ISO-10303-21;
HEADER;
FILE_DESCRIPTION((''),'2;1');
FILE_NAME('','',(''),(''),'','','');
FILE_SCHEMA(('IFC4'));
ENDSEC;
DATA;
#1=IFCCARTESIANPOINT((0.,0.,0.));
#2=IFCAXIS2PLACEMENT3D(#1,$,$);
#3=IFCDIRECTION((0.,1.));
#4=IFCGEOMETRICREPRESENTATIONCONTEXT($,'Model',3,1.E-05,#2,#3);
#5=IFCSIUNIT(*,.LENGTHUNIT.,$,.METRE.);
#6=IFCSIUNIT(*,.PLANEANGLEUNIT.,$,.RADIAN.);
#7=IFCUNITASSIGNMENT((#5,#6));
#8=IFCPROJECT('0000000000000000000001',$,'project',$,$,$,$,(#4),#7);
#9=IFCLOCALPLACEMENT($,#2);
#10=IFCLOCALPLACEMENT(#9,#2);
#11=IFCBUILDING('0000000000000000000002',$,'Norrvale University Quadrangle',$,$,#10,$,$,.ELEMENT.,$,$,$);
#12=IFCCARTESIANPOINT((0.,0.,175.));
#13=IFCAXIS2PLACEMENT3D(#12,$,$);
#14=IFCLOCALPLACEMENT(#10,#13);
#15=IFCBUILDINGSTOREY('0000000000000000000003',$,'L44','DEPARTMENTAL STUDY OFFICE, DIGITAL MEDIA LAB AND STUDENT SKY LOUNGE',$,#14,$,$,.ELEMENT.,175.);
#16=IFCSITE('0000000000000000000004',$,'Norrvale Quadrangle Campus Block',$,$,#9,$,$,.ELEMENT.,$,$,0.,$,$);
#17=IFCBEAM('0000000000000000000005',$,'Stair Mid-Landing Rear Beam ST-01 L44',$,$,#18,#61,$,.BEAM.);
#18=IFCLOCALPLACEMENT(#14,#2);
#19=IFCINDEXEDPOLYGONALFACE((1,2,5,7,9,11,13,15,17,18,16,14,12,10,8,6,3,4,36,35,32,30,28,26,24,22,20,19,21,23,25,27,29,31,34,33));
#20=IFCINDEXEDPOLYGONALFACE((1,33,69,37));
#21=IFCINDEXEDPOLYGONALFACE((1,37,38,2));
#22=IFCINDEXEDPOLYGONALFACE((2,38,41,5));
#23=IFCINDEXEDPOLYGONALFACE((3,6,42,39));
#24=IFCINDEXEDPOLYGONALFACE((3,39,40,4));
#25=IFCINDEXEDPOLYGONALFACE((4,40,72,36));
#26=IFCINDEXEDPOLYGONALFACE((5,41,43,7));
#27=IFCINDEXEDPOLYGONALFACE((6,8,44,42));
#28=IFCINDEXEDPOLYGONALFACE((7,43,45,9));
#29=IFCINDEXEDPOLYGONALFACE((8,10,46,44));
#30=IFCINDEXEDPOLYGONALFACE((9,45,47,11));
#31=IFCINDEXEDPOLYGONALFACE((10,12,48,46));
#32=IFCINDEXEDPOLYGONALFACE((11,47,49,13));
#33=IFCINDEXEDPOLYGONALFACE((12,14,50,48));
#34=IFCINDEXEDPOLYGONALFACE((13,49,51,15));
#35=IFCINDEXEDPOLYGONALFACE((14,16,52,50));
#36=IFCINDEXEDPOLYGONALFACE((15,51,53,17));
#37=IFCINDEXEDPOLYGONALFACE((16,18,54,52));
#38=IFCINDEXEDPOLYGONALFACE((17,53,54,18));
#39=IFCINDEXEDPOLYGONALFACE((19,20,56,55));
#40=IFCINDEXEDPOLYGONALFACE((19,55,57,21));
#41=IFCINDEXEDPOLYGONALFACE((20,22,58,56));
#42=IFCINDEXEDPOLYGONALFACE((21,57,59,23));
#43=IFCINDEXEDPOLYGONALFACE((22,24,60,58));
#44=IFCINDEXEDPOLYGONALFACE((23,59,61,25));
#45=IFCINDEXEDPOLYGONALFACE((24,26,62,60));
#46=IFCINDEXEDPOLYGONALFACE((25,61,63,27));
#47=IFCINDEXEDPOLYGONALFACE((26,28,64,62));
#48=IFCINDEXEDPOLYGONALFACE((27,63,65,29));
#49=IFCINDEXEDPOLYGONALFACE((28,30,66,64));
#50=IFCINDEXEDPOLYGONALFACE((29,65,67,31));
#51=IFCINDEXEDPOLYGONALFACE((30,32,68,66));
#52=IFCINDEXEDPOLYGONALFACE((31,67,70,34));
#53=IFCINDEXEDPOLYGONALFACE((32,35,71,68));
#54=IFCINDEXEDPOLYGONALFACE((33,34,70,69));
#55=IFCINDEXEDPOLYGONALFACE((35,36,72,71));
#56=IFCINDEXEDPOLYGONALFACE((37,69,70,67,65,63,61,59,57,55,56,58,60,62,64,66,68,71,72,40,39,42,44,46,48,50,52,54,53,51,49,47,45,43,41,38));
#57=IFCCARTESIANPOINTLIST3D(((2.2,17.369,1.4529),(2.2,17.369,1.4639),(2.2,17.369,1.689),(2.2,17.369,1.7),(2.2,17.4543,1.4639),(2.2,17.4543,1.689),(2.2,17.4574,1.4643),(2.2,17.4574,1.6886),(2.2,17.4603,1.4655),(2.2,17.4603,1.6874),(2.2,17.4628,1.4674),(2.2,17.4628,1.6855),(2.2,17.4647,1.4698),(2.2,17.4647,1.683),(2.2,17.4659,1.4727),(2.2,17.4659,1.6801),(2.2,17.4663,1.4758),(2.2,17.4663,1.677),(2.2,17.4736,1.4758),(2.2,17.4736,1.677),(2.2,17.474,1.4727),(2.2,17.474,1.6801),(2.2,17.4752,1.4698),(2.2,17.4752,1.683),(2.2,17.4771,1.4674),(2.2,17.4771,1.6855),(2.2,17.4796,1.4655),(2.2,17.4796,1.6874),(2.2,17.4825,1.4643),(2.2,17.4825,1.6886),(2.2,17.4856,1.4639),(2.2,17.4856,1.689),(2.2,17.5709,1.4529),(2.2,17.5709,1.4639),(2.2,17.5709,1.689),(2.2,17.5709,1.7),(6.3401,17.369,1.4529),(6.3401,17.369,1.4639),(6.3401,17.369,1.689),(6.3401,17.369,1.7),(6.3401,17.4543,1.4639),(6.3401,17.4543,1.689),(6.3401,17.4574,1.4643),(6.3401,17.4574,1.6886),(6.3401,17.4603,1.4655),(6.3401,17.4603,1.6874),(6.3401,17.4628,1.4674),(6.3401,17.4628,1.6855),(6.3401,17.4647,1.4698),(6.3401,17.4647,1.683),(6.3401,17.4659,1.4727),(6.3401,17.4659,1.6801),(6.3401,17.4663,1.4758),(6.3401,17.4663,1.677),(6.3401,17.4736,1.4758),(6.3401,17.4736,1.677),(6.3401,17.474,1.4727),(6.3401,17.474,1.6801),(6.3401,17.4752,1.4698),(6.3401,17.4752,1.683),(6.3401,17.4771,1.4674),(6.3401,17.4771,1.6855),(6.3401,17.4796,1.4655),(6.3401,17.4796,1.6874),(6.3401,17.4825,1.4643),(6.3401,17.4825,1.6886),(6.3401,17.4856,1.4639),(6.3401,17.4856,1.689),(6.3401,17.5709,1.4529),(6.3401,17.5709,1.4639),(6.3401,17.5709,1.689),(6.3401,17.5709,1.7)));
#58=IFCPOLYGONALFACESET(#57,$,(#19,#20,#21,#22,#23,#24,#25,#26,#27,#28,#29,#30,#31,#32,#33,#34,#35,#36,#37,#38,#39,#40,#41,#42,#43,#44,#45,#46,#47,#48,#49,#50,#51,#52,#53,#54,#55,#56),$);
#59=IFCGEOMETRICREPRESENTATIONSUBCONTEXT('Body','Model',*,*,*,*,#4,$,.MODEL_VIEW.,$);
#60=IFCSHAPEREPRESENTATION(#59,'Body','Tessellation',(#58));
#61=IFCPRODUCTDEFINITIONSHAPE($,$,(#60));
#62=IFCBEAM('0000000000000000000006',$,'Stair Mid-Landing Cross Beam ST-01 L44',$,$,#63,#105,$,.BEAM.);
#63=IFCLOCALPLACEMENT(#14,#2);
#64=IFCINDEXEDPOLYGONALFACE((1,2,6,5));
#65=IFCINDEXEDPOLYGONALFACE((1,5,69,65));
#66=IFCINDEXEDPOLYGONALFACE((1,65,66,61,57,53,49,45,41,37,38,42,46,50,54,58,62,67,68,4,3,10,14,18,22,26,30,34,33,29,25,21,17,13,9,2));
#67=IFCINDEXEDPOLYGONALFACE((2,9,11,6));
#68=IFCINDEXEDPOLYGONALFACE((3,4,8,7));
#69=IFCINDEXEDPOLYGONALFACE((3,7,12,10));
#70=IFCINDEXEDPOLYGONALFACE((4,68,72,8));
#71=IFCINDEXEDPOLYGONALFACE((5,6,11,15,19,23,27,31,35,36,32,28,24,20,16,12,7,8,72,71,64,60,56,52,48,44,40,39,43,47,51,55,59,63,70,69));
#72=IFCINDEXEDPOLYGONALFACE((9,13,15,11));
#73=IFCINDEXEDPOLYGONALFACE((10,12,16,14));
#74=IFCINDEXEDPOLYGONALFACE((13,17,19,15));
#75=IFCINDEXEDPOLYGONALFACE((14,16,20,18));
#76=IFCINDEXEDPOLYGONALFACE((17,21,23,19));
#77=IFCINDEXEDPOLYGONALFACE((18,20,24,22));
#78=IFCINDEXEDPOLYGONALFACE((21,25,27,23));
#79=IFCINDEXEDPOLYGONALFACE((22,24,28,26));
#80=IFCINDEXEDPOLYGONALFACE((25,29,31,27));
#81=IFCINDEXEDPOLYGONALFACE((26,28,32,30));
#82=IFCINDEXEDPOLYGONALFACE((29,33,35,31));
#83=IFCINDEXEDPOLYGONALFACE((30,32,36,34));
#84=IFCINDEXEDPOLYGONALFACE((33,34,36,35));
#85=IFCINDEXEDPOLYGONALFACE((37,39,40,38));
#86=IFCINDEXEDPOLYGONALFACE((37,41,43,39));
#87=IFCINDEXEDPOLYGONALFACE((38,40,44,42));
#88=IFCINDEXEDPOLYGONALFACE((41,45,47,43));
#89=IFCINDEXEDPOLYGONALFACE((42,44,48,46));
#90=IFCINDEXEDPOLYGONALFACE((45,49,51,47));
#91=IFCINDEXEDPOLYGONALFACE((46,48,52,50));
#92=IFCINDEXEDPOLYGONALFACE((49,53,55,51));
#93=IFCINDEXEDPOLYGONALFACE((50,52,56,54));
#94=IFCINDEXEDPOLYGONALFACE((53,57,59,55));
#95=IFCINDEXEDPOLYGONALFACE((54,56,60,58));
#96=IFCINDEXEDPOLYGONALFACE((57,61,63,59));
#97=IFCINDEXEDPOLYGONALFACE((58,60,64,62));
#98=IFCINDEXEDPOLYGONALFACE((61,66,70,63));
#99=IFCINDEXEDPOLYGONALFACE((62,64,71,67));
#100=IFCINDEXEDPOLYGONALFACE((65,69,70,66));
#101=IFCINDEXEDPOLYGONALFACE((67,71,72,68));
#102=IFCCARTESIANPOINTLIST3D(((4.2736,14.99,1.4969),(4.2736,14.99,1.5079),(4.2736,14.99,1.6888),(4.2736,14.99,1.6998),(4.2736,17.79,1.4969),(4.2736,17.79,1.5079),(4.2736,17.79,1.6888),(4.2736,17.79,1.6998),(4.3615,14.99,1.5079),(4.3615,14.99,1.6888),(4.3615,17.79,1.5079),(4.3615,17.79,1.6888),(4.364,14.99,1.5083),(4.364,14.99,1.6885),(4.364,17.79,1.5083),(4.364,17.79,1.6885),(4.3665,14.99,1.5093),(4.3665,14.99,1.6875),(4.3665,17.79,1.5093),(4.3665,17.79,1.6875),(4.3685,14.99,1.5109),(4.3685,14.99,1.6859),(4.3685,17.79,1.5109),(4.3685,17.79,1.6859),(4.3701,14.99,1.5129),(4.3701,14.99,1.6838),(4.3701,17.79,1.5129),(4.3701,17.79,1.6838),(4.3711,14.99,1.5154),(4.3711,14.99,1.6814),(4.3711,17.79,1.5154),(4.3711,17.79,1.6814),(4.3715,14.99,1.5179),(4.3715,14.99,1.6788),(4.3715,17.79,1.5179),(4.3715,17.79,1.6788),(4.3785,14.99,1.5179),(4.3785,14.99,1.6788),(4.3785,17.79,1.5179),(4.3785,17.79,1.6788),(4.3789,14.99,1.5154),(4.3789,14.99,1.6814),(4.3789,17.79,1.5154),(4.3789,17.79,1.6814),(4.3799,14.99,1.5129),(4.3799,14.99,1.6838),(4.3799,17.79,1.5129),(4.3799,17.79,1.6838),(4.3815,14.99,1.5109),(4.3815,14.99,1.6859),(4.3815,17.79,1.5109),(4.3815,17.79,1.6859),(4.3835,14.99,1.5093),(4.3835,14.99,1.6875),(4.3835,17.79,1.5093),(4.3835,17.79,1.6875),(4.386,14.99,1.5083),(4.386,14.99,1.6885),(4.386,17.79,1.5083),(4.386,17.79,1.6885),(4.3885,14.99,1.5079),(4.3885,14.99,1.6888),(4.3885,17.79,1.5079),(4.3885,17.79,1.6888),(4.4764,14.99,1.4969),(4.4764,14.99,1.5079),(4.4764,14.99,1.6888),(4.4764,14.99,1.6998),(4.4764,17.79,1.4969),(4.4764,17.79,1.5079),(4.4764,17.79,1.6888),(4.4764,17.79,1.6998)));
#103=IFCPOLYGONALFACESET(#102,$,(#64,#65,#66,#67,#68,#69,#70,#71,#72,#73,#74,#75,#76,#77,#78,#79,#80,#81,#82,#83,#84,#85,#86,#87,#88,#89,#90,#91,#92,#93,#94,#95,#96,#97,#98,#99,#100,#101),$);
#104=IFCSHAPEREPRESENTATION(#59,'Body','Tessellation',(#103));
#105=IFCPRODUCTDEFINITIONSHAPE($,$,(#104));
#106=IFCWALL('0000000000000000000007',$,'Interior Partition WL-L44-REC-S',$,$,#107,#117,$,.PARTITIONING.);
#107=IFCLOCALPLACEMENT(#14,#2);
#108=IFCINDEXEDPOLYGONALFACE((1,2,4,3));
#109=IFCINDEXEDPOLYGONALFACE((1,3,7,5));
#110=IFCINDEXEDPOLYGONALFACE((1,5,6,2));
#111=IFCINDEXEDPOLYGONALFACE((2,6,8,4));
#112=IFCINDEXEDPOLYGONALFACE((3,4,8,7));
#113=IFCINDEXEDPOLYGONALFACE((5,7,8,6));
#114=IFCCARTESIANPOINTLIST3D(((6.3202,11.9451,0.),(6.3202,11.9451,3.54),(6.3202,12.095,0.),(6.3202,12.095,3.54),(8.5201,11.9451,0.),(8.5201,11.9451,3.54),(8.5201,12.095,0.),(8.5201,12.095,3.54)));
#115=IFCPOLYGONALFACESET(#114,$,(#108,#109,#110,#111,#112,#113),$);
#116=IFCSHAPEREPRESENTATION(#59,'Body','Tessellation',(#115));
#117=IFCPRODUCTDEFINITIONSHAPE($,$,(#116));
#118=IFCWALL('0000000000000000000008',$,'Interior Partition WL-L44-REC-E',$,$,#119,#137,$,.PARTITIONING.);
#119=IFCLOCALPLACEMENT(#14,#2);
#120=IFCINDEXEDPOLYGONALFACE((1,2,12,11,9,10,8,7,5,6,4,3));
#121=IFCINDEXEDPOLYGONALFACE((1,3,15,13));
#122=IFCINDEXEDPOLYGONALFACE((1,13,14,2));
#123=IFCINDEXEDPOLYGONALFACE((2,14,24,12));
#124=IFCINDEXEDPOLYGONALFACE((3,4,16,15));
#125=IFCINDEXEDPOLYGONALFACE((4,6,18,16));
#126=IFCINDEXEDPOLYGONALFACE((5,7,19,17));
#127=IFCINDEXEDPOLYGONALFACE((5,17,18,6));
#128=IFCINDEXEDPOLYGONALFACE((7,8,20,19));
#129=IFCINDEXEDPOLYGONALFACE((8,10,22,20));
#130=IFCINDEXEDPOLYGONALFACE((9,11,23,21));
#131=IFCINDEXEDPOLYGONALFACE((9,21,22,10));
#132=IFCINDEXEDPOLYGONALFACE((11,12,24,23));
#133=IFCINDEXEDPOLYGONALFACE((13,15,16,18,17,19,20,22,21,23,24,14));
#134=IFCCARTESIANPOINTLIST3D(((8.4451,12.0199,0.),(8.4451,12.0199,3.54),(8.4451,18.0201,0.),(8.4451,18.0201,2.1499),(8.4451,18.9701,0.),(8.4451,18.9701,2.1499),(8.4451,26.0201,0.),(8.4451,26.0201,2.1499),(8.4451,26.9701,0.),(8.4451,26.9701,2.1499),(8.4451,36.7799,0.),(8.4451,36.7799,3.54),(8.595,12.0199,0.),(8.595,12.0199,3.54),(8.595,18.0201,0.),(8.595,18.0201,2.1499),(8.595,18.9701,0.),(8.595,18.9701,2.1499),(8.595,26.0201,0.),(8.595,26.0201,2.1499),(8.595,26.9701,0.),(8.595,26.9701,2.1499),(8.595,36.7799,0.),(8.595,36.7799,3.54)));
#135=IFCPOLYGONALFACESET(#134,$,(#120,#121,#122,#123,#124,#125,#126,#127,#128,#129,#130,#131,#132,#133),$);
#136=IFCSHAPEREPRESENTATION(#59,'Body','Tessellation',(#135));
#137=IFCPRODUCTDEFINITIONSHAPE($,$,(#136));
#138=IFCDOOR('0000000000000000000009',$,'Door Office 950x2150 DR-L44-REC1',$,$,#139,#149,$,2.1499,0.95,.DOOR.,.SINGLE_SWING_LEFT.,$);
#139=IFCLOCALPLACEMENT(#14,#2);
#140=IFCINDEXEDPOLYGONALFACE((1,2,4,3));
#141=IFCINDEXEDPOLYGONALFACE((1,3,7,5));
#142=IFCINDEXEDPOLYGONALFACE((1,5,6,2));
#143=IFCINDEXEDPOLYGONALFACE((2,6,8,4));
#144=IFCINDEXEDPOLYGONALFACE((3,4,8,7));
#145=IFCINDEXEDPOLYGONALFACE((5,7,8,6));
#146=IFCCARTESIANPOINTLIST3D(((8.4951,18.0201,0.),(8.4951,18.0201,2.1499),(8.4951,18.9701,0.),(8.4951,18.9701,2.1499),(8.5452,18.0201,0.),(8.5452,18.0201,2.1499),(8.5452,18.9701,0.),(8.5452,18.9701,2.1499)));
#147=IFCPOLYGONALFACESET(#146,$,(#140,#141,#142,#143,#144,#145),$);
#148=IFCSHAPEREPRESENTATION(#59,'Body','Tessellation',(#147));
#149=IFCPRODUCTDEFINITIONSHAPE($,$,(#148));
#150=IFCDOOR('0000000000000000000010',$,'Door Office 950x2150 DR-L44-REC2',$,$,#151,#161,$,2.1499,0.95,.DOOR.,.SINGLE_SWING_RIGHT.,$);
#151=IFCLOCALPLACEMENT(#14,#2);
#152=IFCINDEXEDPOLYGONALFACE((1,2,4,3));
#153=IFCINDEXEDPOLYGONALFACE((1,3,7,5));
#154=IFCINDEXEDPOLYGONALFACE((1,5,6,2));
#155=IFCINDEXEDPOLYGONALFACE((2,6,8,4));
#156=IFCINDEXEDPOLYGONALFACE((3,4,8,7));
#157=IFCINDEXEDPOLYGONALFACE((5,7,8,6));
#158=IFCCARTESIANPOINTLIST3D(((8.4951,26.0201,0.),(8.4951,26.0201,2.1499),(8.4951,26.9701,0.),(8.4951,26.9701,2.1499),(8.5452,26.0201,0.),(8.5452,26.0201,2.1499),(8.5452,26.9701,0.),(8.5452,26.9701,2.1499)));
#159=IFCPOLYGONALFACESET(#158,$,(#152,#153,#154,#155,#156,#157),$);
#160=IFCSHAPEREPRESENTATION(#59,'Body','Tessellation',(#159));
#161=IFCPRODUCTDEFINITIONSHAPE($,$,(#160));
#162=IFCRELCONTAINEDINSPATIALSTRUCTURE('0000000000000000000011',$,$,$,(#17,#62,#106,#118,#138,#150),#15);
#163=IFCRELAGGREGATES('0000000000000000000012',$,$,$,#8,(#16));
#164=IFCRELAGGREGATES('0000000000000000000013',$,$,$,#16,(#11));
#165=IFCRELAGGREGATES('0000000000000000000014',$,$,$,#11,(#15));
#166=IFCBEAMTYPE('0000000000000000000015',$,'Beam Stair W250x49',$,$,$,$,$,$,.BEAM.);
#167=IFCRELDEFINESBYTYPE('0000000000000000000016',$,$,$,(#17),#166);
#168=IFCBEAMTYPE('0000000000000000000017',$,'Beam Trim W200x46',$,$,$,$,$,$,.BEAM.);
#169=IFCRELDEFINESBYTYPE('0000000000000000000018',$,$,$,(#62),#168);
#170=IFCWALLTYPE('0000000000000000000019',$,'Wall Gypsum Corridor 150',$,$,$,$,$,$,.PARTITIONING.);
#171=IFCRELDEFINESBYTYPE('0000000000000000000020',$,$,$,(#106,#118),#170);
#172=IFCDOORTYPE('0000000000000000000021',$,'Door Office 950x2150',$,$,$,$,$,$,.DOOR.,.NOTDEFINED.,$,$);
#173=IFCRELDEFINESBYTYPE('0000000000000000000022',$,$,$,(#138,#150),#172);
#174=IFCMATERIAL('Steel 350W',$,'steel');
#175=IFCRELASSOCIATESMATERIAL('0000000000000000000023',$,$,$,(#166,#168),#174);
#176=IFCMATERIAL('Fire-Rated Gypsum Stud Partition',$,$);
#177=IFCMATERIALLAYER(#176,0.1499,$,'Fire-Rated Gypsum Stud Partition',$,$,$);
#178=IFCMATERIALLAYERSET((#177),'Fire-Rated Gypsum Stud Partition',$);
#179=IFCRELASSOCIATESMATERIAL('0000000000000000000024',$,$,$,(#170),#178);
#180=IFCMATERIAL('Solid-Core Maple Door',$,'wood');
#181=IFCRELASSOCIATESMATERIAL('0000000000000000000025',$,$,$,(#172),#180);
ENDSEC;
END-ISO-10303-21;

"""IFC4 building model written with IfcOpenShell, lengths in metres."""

from ifc_helpers import new_model, si_unit, direction, frame, frame_2d, origin, origin_2d, place, context, subcontext, project, spatial, rectangle, i_section, extrude, material, layer, layer_set, material_profile, profile_set, type_object, element, fill, save


model = new_model("IFC4")

# Units and contexts
model_context = context("Model", 3, precision=1e-05, world=origin(), true_north=direction((0.0, 1.0)))
body_context = subcontext(model_context, "Body", "Model", "MODEL_VIEW")
ifc_project = project(units=[si_unit("LENGTHUNIT", "METRE"), si_unit("PLANEANGLEUNIT", "RADIAN")], contexts=[model_context])

# Site, building, storey
site_placement = place(None, origin())
site = spatial("IfcSite", under=ifc_project, at=site_placement, Name="Norrvale Quadrangle Campus Block", CompositionType="ELEMENT", RefElevation=0.0)
building_placement = place(site_placement, origin())
building = spatial("IfcBuilding", under=site, at=building_placement, Name="Norrvale University Quadrangle", CompositionType="ELEMENT")
storey_placement = place(building_placement, frame((0.0, 0.0, 175.0)))
storey = spatial("IfcBuildingStorey", under=building, at=storey_placement, Name="L44", Description="DEPARTMENTAL STUDY OFFICE, DIGITAL MEDIA LAB AND STUDENT SKY LOUNGE", CompositionType="ELEMENT", Elevation=175.0)

# Beams
ifc_material_1 = material(Name="Steel 350W", Category="steel")
ifc_material_profile_1 = material_profile(ifc_material_1, i_section(OverallWidth=0.2019, OverallDepth=0.2471, WebThickness=0.0073, FlangeThickness=0.011, FilletRadius=0.012, at=origin_2d()), Name="Steel 350W")
ifc_profile_set_1 = profile_set([ifc_material_profile_1], Name="Steel 350W")
beam_type_1 = type_object("IfcBeamType", Name="Beam Stair W250x49", PredefinedType="BEAM", material=ifc_profile_set_1)
for number, where, z_axis, x_axis, name in (
    (1, (2.2, 17.47, 1.5764), (1.0, 0.0, 0.0), (0.0, 1.0, 0.0), "Stair Mid-Landing Rear Beam ST-01 L44"),
):
    element("IfcBeam", number, at=place(storey_placement, frame(where, z_axis=z_axis, x_axis=x_axis)), inside=storey, type_object=beam_type_1, Name=name, PredefinedType="BEAM", context=body_context, shape_type="SweptSolid", body=[
        extrude(i_section(OverallWidth=0.2019, OverallDepth=0.2471, WebThickness=0.0073, FlangeThickness=0.011, FilletRadius=0.012, at=origin_2d()), origin(), (0.0, 0.0, 1.0), 4.1401),
    ])
ifc_material_profile_2 = material_profile(ifc_material_1, i_section(OverallWidth=0.2029, OverallDepth=0.2029, WebThickness=0.0071, FlangeThickness=0.011, FilletRadius=0.01, at=origin_2d()), Name="Steel 350W")
ifc_profile_set_2 = profile_set([ifc_material_profile_2], Name="Steel 350W")
beam_type_2 = type_object("IfcBeamType", Name="Beam Trim W200x46", PredefinedType="BEAM", material=ifc_profile_set_2)
beam_1_placement = place(storey_placement, frame((4.375, 14.99, 1.5984), z_axis=(0.0, 1.0, 0.0), x_axis=(-1.0, 0.0, 0.0)))
element("IfcBeam", 2, at=beam_1_placement, inside=storey, type_object=beam_type_2, Name="Stair Mid-Landing Cross Beam ST-01 L44", PredefinedType="BEAM", context=body_context, shape_type="SweptSolid", body=[
    extrude(i_section(OverallWidth=0.2029, OverallDepth=0.2029, WebThickness=0.0071, FlangeThickness=0.011, FilletRadius=0.01, at=origin_2d()), origin(), (0.0, 0.0, 1.0), 2.8),
])

# Wall
ifc_material_2 = material(Name="Fire-Rated Gypsum Stud Partition")
ifc_layer_1 = layer(ifc_material_2, 0.1499, Name="Fire-Rated Gypsum Stud Partition")
ifc_layer_set_1 = layer_set([ifc_layer_1], Name="Fire-Rated Gypsum Stud Partition")
wall_type_1 = type_object("IfcWallType", Name="Wall Gypsum Corridor 150", PredefinedType="PARTITIONING", material=ifc_layer_set_1)
wall_1_placement = place(storey_placement, frame((6.3201, 12.02, 0.0), z_axis=(0.0, 0.0, 1.0), x_axis=(1.0, 0.0, 0.0)))
element("IfcWall", 3, at=wall_1_placement, inside=storey, type_object=wall_type_1, Name="Interior Partition WL-L44-REC-S", PredefinedType="PARTITIONING", context=body_context, shape_type="SweptSolid", body=[
    extrude(rectangle(XDim=2.2, YDim=0.1499, at=frame_2d((1.1001, 0.0))), origin(), (0.0, 0.0, 1.0), 3.54),
])

# Wall, openings, doors
wall_2_placement = place(storey_placement, frame((8.52, 12.02, 0.0), z_axis=(0.0, 0.0, 1.0), x_axis=(0.0, 1.0, 0.0)))
wall_2 = element("IfcWall", 4, at=wall_2_placement, inside=storey, type_object=wall_type_1, Name="Interior Partition WL-L44-REC-E", PredefinedType="PARTITIONING", context=body_context, shape_type="SweptSolid", body=[
    extrude(rectangle(XDim=24.76, YDim=0.1499, at=frame_2d((12.3799, 0.0))), origin(), (0.0, 0.0, 1.0), 3.54),
])
opening_1_placement = place(wall_2_placement, frame((6.0, 0.0, 0.0)))
opening_1 = element("IfcOpeningElement", 5, at=opening_1_placement, cuts=wall_2, PredefinedType="OPENING", context=body_context, shape_type="SweptSolid", body=[
    extrude(rectangle(XDim=0.95, YDim=2.1499, at=frame_2d((0.4751, 1.075))), frame((0.0, 0.0869, 0.0), z_axis=(0.0, -1.0, 0.0), x_axis=(1.0, 0.0, 0.0)), (0.0, 0.0, 1.0), 0.1738),
])
opening_2_placement = place(wall_2_placement, frame((14.0, 0.0, 0.0)))
opening_2 = element("IfcOpeningElement", 6, at=opening_2_placement, cuts=wall_2, PredefinedType="OPENING", context=body_context, shape_type="SweptSolid", body=[
    extrude(rectangle(XDim=0.95, YDim=2.1499, at=frame_2d((0.4751, 1.075))), frame((0.0, 0.0869, 0.0), z_axis=(0.0, -1.0, 0.0), x_axis=(1.0, 0.0, 0.0)), (0.0, 0.0, 1.0), 0.1738),
])
ifc_material_3 = material(Name="Solid-Core Maple Door", Category="wood")
door_type_1 = type_object("IfcDoorType", Name="Door Office 950x2150", OperationType="NOTDEFINED", PredefinedType="DOOR", material=ifc_material_3)
door_1_placement = place(opening_1_placement, origin())
door_1 = element("IfcDoor", 7, at=door_1_placement, inside=storey, type_object=door_type_1, Name="Door Office 950x2150 DR-L44-REC1", OperationType="SINGLE_SWING_LEFT", OverallHeight=2.1499, OverallWidth=0.95, PredefinedType="DOOR", context=body_context, shape_type="SweptSolid", body=[
    extrude(rectangle(XDim=0.95, YDim=2.1499, at=frame_2d((0.4751, 1.075))), frame((0.0, 0.0249, 0.0), z_axis=(0.0, -1.0, 0.0), x_axis=(1.0, 0.0, 0.0)), (0.0, 0.0, 1.0), 0.05),
])
fill(opening_1, door_1)
door_2_placement = place(opening_2_placement, origin())
door_2 = element("IfcDoor", 8, at=door_2_placement, inside=storey, type_object=door_type_1, Name="Door Office 950x2150 DR-L44-REC2", OperationType="SINGLE_SWING_RIGHT", OverallHeight=2.1499, OverallWidth=0.95, PredefinedType="DOOR", context=body_context, shape_type="SweptSolid", body=[
    extrude(rectangle(XDim=0.95, YDim=2.1499, at=frame_2d((0.4751, 1.075))), frame((0.0, 0.0249, 0.0), z_axis=(0.0, -1.0, 0.0), x_axis=(1.0, 0.0, 0.0)), (0.0, 0.0, 1.0), 0.05),
])
fill(opening_2, door_2)

save(model, "model.ifc")
